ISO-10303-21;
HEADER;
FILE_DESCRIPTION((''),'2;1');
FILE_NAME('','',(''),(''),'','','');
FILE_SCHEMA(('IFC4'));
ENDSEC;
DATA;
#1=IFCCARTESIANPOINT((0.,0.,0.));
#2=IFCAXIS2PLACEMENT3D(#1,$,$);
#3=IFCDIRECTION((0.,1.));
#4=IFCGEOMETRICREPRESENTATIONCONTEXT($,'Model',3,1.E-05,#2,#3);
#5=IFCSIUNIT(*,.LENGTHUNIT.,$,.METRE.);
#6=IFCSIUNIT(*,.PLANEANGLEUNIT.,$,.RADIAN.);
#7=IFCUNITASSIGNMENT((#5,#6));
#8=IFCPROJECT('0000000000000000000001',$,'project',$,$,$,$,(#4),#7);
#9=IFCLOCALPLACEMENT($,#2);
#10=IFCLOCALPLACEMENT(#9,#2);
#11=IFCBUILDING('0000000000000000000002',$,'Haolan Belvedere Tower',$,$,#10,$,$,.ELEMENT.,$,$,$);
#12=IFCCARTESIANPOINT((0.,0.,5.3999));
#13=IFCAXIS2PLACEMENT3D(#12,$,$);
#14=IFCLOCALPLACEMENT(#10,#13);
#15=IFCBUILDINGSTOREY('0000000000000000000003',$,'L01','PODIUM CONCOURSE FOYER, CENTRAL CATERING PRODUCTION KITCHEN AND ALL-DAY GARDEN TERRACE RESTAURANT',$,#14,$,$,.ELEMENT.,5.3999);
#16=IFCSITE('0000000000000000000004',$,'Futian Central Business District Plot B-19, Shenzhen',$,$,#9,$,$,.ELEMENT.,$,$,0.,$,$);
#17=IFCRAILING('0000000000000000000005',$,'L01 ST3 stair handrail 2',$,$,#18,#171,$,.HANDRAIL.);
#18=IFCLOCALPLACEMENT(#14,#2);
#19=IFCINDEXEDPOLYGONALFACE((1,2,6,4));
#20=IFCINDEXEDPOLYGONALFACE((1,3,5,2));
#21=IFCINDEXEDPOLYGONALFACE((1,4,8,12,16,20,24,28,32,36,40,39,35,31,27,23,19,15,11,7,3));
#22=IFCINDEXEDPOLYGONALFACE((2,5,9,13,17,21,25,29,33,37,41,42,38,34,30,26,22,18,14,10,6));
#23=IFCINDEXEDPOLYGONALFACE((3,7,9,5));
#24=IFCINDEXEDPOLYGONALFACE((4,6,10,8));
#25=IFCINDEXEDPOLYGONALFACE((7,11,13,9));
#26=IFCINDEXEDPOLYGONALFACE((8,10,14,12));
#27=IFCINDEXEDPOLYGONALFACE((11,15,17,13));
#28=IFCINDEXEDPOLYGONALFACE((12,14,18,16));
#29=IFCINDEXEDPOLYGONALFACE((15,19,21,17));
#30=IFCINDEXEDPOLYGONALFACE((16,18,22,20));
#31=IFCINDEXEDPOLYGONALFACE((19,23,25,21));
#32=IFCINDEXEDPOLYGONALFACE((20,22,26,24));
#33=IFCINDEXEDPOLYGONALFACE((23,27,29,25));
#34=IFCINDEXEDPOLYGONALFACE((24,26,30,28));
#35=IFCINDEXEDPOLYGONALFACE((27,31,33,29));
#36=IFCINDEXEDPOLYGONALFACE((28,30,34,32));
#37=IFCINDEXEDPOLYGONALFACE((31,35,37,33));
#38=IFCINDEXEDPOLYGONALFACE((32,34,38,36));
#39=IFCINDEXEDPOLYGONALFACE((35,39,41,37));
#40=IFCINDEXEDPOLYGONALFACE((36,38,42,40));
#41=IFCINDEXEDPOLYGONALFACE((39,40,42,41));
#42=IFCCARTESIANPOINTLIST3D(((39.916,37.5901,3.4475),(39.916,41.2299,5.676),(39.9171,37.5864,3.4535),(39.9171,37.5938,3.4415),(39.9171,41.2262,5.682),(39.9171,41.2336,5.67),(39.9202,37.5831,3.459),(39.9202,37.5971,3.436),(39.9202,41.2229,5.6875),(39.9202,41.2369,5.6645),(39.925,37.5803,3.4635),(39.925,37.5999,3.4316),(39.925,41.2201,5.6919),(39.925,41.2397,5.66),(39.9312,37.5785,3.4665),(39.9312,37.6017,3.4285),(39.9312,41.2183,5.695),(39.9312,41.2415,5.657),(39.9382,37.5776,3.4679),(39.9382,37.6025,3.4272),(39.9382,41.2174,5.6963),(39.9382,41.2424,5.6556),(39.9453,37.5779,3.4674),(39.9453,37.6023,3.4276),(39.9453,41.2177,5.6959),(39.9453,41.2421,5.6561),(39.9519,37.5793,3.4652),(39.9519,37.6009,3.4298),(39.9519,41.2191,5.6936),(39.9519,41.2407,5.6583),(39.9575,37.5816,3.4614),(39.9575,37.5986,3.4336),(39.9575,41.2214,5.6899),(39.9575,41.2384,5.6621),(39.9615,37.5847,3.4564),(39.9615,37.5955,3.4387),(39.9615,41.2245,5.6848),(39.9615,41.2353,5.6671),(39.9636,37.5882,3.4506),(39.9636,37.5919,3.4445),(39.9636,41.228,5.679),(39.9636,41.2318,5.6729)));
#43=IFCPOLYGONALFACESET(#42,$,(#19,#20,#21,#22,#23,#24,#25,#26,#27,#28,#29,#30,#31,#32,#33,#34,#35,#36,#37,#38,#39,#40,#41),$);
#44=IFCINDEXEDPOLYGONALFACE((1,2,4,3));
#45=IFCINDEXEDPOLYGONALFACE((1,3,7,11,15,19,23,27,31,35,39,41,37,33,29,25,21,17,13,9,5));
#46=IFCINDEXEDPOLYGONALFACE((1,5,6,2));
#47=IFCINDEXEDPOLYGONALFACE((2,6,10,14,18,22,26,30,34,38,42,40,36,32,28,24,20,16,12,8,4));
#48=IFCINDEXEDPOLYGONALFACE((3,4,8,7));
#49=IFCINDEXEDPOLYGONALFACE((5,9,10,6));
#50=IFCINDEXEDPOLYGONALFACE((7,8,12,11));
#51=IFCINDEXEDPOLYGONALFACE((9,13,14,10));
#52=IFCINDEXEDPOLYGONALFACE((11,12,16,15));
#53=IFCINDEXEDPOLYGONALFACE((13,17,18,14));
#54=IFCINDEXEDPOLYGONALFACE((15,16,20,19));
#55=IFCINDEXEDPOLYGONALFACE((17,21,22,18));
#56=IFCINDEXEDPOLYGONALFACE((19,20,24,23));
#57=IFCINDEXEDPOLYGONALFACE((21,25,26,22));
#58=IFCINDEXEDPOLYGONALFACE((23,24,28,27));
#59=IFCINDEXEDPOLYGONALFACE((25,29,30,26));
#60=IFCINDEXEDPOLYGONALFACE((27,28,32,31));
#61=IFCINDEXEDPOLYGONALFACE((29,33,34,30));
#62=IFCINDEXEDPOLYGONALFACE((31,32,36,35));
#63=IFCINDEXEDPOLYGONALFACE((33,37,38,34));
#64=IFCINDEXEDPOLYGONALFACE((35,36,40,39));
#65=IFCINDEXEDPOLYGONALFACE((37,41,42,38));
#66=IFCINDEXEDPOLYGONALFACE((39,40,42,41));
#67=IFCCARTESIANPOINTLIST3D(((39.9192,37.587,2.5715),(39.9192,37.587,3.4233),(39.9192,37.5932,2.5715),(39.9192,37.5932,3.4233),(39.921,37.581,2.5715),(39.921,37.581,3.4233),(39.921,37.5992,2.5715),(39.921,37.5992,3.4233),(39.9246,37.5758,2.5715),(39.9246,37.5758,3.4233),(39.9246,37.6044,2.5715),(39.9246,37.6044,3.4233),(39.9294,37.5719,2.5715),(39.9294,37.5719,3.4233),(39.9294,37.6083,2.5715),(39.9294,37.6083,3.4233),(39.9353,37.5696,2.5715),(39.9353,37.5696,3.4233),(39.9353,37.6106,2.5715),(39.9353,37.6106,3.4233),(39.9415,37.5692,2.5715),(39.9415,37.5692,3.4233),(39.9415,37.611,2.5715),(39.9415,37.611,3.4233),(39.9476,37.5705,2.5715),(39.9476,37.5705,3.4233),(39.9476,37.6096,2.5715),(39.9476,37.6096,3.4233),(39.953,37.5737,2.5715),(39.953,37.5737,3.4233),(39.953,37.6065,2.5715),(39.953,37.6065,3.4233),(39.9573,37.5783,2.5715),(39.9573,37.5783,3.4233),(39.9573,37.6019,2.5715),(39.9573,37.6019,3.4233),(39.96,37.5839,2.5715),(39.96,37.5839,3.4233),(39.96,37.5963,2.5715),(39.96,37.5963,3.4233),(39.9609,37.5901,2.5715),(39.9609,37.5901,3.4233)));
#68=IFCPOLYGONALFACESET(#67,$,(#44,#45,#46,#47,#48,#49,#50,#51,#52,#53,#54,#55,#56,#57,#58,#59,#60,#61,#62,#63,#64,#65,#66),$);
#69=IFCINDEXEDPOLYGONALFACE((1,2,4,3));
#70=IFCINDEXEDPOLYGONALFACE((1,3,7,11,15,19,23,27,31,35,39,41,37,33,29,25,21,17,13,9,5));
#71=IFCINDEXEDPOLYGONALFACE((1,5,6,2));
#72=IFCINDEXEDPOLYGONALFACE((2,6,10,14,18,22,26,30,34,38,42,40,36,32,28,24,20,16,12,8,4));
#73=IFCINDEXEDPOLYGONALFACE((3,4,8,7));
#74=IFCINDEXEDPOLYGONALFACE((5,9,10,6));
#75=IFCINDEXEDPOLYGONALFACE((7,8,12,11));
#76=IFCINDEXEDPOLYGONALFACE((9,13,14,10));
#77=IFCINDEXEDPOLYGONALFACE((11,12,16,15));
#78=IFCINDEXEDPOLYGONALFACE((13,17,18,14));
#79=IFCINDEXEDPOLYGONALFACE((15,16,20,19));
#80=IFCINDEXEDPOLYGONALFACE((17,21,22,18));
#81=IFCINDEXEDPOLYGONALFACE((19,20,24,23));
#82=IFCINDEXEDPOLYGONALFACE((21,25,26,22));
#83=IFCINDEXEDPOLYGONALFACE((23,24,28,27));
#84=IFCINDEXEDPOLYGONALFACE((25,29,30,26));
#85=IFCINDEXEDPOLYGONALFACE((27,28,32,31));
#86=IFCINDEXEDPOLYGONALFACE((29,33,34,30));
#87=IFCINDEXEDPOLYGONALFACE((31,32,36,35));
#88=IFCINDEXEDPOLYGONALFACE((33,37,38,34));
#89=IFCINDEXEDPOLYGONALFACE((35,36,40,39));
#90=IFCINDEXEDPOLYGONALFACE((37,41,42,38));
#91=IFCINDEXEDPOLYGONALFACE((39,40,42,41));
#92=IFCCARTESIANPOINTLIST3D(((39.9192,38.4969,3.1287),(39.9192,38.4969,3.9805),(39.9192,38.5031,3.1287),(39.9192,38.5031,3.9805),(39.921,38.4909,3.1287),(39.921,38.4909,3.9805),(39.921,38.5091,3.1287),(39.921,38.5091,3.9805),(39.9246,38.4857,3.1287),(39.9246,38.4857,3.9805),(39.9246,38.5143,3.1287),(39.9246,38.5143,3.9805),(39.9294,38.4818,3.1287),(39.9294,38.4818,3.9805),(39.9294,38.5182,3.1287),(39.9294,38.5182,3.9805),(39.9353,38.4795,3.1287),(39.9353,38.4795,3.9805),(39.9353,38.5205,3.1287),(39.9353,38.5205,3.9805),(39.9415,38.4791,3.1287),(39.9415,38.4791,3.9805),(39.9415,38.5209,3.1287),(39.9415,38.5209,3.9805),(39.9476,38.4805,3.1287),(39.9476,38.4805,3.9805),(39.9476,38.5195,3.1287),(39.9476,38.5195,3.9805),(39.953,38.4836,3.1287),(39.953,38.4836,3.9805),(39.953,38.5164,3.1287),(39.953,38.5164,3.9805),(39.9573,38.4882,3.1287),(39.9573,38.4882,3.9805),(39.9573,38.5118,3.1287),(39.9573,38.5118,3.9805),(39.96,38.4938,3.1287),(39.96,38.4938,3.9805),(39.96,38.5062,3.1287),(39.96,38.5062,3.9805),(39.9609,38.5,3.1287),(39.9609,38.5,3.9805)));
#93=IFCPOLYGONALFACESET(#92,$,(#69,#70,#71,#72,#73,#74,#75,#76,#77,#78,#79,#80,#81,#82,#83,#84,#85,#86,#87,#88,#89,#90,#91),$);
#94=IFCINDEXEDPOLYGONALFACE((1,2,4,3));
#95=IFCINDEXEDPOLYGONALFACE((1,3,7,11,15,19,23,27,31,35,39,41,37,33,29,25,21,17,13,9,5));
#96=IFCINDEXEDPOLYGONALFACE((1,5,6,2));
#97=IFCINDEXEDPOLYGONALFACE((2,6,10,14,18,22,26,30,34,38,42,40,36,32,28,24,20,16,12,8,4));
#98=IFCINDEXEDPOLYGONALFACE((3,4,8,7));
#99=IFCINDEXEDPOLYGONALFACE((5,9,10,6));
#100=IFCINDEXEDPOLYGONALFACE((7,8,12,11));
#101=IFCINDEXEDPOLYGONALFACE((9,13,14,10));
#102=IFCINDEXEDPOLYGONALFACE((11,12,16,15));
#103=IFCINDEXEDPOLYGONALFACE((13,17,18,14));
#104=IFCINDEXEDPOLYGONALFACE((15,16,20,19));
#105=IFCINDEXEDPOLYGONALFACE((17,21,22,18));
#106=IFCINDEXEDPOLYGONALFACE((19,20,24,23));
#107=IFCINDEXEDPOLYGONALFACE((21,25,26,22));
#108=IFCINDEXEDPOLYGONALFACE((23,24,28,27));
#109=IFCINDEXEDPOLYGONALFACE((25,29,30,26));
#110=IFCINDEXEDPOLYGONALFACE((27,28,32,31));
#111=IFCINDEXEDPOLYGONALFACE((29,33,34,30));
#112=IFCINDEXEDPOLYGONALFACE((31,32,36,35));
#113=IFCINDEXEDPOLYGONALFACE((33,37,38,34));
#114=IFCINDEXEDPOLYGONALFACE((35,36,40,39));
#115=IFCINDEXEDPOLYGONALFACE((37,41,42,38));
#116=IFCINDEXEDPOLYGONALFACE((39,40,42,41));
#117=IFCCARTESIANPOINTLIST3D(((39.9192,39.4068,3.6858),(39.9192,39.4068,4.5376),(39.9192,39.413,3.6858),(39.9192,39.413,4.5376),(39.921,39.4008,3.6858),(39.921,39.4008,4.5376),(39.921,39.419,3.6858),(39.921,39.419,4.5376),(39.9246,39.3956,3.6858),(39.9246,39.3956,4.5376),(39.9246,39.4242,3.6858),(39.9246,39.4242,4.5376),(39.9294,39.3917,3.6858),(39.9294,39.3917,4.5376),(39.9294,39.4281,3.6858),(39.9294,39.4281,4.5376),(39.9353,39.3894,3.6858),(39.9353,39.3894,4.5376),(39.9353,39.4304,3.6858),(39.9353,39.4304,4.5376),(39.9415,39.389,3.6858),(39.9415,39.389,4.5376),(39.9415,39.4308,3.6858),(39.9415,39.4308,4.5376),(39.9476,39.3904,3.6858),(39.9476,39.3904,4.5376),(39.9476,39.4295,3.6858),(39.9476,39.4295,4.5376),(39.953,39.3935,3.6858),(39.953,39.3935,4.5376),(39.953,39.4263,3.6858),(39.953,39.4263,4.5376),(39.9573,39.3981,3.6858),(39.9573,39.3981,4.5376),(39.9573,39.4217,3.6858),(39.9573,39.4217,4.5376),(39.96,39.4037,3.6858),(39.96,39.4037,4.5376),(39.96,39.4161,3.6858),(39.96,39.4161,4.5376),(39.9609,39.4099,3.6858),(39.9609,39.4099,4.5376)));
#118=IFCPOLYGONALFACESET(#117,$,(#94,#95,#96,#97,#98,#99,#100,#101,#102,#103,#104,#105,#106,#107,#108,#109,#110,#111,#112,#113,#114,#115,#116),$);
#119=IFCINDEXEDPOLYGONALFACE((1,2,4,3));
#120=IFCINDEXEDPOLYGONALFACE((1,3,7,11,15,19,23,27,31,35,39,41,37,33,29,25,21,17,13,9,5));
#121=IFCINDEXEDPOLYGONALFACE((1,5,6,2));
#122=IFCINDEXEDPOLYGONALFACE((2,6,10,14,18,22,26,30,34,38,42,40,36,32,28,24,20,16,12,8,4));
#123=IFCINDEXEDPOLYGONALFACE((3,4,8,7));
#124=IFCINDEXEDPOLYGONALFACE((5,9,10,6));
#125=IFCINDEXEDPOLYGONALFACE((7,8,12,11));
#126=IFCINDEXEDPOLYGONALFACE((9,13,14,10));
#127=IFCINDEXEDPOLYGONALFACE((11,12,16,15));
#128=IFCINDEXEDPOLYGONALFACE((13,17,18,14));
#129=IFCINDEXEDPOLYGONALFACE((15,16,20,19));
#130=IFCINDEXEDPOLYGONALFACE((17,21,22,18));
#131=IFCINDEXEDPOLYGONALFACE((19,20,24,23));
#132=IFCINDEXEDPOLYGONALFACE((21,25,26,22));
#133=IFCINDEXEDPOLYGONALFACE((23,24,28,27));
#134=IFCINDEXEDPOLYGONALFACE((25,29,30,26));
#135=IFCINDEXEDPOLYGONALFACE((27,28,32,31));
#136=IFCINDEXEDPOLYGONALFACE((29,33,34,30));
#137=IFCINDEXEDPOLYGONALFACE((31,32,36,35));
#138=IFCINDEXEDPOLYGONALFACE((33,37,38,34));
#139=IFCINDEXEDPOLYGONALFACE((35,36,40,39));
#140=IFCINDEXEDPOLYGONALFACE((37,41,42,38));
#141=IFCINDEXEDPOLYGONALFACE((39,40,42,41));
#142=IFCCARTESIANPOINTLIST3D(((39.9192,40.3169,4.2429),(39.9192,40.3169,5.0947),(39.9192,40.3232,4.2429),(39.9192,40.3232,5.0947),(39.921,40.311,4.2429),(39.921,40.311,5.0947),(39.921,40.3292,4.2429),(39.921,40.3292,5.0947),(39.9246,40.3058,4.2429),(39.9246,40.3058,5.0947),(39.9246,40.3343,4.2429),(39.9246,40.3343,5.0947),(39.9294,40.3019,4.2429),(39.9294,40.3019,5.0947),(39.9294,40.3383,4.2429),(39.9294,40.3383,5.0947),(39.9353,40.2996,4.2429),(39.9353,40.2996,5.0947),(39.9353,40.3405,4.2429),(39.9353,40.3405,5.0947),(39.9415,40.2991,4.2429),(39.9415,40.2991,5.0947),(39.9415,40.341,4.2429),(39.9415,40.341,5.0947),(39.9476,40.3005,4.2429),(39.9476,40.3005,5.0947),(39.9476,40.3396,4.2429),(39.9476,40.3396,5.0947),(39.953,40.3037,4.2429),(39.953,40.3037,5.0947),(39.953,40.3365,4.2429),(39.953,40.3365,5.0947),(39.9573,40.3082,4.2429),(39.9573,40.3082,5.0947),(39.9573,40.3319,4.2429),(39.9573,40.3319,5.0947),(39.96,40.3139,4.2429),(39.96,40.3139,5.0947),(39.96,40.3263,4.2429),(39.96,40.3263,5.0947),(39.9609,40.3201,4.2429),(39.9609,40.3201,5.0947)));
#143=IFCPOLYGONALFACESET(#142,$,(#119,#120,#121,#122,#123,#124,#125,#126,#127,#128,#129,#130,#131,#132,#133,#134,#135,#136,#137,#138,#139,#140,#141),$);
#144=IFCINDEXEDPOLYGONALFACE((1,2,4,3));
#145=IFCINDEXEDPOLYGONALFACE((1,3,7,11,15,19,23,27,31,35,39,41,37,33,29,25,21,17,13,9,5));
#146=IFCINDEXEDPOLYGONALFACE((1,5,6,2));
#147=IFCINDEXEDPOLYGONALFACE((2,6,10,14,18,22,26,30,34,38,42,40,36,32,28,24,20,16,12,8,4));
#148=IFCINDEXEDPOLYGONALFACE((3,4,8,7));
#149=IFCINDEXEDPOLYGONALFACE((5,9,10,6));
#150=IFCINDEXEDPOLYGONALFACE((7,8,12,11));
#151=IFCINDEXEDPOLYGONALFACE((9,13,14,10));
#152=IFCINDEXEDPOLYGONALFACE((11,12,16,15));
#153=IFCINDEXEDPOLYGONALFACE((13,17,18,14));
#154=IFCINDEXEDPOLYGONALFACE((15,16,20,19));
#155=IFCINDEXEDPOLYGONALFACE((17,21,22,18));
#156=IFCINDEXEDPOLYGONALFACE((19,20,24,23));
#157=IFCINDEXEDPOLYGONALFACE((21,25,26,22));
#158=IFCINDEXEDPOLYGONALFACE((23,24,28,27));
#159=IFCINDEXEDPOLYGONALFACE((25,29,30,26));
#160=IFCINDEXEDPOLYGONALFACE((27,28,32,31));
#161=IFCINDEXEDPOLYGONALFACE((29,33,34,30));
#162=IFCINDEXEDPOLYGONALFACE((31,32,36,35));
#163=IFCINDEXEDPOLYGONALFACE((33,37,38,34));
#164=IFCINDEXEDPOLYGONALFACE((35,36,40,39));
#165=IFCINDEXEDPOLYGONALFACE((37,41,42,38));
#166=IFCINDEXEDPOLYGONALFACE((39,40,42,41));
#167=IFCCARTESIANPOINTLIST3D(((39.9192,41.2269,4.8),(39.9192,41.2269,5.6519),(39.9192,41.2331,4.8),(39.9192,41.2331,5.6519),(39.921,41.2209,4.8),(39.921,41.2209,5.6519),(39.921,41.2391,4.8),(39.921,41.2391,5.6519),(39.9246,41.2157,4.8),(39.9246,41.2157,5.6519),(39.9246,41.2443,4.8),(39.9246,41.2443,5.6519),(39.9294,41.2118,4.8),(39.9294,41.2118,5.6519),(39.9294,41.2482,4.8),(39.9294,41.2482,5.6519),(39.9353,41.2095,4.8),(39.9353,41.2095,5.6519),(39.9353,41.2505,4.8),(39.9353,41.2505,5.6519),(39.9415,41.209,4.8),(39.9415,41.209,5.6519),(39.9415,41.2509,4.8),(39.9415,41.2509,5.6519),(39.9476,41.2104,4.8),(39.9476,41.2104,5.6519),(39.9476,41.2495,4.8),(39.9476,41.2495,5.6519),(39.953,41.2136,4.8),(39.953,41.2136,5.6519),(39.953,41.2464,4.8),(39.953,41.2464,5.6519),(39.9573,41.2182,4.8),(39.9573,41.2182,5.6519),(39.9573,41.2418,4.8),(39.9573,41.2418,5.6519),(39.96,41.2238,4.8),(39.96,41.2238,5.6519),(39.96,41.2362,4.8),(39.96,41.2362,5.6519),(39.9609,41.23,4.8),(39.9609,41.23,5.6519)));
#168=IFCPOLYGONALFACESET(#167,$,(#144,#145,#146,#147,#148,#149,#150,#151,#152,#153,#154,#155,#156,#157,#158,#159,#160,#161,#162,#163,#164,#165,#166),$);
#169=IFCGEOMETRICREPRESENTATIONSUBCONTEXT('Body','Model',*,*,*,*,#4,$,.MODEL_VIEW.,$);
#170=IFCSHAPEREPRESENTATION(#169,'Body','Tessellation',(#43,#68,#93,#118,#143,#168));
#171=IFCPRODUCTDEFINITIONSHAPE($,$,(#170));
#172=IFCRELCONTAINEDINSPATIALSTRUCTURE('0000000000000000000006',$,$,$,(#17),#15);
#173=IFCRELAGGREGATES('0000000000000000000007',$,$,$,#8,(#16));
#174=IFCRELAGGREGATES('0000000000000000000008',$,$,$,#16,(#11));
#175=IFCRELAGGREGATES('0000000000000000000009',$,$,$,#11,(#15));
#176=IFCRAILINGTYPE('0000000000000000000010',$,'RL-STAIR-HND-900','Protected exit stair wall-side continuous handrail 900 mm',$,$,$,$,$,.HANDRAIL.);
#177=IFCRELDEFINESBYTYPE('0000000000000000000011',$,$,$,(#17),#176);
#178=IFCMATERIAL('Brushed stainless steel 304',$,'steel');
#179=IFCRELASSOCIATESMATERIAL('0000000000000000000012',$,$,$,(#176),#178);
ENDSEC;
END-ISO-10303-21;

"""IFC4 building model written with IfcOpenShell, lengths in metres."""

from ifc_helpers import new_model, si_unit, direction, frame, origin, origin_2d, place, context, subcontext, project, spatial, circle, extrude, material, type_object, element, save


model = new_model("IFC4")

# Units and contexts
model_context = context("Model", 3, precision=1e-05, world=origin(), true_north=direction((0.0, 1.0)))
body_context = subcontext(model_context, "Body", "Model", "MODEL_VIEW")
ifc_project = project(units=[si_unit("LENGTHUNIT", "METRE"), si_unit("PLANEANGLEUNIT", "RADIAN")], contexts=[model_context])

# Site, building, storey
site_placement = place(None, origin())
site = spatial("IfcSite", under=ifc_project, at=site_placement, Name="Futian Central Business District Plot B-19, Shenzhen", CompositionType="ELEMENT", RefElevation=0.0)
building_placement = place(site_placement, origin())
building = spatial("IfcBuilding", under=site, at=building_placement, Name="Haolan Belvedere Tower", CompositionType="ELEMENT")
storey_placement = place(building_placement, frame((0.0, 0.0, 5.3999)))
storey = spatial("IfcBuildingStorey", under=building, at=storey_placement, Name="L01", Description="PODIUM CONCOURSE FOYER, CENTRAL CATERING PRODUCTION KITCHEN AND ALL-DAY GARDEN TERRACE RESTAURANT", CompositionType="ELEMENT", Elevation=5.3999)

# Railing
ifc_material_1 = material(Name="Brushed stainless steel 304", Category="steel")
railing_type_1 = type_object("IfcRailingType", Name="RL-STAIR-HND-900", Description="Protected exit stair wall-side continuous handrail 900 mm", PredefinedType="HANDRAIL", material=ifc_material_1)
railing_1_placement = place(storey_placement, frame((39.9399, 37.5901, 2.5715)))
element("IfcRailing", 1, at=railing_1_placement, inside=storey, type_object=railing_type_1, Name="L01 ST3 stair handrail 2", PredefinedType="HANDRAIL", context=body_context, shape_type="SweptSolid", body=[
    extrude(circle(Radius=0.0239, at=origin_2d()), frame((0.0, 0.0, 0.876), z_axis=(0.0, 0.85285, 0.522156), x_axis=(-1.0, 0.0, 0.0)), (0.0, 0.0, 1.0), 4.2678),
    extrude(circle(Radius=0.021, at=origin_2d()), origin(), (0.0, 0.0, 1.0), 0.8518),
    extrude(circle(Radius=0.021, at=origin_2d()), frame((0.0, 0.9099, 0.5571)), (0.0, 0.0, 1.0), 0.8518),
    extrude(circle(Radius=0.021, at=origin_2d()), frame((0.0, 1.8198, 1.1143)), (0.0, 0.0, 1.0), 0.8518),
    extrude(circle(Radius=0.021, at=origin_2d()), frame((0.0, 2.73, 1.6714)), (0.0, 0.0, 1.0), 0.8518),
    extrude(circle(Radius=0.021, at=origin_2d()), frame((0.0, 3.6399, 2.2285)), (0.0, 0.0, 1.0), 0.8518),
])

save(model, "model.ifc")
